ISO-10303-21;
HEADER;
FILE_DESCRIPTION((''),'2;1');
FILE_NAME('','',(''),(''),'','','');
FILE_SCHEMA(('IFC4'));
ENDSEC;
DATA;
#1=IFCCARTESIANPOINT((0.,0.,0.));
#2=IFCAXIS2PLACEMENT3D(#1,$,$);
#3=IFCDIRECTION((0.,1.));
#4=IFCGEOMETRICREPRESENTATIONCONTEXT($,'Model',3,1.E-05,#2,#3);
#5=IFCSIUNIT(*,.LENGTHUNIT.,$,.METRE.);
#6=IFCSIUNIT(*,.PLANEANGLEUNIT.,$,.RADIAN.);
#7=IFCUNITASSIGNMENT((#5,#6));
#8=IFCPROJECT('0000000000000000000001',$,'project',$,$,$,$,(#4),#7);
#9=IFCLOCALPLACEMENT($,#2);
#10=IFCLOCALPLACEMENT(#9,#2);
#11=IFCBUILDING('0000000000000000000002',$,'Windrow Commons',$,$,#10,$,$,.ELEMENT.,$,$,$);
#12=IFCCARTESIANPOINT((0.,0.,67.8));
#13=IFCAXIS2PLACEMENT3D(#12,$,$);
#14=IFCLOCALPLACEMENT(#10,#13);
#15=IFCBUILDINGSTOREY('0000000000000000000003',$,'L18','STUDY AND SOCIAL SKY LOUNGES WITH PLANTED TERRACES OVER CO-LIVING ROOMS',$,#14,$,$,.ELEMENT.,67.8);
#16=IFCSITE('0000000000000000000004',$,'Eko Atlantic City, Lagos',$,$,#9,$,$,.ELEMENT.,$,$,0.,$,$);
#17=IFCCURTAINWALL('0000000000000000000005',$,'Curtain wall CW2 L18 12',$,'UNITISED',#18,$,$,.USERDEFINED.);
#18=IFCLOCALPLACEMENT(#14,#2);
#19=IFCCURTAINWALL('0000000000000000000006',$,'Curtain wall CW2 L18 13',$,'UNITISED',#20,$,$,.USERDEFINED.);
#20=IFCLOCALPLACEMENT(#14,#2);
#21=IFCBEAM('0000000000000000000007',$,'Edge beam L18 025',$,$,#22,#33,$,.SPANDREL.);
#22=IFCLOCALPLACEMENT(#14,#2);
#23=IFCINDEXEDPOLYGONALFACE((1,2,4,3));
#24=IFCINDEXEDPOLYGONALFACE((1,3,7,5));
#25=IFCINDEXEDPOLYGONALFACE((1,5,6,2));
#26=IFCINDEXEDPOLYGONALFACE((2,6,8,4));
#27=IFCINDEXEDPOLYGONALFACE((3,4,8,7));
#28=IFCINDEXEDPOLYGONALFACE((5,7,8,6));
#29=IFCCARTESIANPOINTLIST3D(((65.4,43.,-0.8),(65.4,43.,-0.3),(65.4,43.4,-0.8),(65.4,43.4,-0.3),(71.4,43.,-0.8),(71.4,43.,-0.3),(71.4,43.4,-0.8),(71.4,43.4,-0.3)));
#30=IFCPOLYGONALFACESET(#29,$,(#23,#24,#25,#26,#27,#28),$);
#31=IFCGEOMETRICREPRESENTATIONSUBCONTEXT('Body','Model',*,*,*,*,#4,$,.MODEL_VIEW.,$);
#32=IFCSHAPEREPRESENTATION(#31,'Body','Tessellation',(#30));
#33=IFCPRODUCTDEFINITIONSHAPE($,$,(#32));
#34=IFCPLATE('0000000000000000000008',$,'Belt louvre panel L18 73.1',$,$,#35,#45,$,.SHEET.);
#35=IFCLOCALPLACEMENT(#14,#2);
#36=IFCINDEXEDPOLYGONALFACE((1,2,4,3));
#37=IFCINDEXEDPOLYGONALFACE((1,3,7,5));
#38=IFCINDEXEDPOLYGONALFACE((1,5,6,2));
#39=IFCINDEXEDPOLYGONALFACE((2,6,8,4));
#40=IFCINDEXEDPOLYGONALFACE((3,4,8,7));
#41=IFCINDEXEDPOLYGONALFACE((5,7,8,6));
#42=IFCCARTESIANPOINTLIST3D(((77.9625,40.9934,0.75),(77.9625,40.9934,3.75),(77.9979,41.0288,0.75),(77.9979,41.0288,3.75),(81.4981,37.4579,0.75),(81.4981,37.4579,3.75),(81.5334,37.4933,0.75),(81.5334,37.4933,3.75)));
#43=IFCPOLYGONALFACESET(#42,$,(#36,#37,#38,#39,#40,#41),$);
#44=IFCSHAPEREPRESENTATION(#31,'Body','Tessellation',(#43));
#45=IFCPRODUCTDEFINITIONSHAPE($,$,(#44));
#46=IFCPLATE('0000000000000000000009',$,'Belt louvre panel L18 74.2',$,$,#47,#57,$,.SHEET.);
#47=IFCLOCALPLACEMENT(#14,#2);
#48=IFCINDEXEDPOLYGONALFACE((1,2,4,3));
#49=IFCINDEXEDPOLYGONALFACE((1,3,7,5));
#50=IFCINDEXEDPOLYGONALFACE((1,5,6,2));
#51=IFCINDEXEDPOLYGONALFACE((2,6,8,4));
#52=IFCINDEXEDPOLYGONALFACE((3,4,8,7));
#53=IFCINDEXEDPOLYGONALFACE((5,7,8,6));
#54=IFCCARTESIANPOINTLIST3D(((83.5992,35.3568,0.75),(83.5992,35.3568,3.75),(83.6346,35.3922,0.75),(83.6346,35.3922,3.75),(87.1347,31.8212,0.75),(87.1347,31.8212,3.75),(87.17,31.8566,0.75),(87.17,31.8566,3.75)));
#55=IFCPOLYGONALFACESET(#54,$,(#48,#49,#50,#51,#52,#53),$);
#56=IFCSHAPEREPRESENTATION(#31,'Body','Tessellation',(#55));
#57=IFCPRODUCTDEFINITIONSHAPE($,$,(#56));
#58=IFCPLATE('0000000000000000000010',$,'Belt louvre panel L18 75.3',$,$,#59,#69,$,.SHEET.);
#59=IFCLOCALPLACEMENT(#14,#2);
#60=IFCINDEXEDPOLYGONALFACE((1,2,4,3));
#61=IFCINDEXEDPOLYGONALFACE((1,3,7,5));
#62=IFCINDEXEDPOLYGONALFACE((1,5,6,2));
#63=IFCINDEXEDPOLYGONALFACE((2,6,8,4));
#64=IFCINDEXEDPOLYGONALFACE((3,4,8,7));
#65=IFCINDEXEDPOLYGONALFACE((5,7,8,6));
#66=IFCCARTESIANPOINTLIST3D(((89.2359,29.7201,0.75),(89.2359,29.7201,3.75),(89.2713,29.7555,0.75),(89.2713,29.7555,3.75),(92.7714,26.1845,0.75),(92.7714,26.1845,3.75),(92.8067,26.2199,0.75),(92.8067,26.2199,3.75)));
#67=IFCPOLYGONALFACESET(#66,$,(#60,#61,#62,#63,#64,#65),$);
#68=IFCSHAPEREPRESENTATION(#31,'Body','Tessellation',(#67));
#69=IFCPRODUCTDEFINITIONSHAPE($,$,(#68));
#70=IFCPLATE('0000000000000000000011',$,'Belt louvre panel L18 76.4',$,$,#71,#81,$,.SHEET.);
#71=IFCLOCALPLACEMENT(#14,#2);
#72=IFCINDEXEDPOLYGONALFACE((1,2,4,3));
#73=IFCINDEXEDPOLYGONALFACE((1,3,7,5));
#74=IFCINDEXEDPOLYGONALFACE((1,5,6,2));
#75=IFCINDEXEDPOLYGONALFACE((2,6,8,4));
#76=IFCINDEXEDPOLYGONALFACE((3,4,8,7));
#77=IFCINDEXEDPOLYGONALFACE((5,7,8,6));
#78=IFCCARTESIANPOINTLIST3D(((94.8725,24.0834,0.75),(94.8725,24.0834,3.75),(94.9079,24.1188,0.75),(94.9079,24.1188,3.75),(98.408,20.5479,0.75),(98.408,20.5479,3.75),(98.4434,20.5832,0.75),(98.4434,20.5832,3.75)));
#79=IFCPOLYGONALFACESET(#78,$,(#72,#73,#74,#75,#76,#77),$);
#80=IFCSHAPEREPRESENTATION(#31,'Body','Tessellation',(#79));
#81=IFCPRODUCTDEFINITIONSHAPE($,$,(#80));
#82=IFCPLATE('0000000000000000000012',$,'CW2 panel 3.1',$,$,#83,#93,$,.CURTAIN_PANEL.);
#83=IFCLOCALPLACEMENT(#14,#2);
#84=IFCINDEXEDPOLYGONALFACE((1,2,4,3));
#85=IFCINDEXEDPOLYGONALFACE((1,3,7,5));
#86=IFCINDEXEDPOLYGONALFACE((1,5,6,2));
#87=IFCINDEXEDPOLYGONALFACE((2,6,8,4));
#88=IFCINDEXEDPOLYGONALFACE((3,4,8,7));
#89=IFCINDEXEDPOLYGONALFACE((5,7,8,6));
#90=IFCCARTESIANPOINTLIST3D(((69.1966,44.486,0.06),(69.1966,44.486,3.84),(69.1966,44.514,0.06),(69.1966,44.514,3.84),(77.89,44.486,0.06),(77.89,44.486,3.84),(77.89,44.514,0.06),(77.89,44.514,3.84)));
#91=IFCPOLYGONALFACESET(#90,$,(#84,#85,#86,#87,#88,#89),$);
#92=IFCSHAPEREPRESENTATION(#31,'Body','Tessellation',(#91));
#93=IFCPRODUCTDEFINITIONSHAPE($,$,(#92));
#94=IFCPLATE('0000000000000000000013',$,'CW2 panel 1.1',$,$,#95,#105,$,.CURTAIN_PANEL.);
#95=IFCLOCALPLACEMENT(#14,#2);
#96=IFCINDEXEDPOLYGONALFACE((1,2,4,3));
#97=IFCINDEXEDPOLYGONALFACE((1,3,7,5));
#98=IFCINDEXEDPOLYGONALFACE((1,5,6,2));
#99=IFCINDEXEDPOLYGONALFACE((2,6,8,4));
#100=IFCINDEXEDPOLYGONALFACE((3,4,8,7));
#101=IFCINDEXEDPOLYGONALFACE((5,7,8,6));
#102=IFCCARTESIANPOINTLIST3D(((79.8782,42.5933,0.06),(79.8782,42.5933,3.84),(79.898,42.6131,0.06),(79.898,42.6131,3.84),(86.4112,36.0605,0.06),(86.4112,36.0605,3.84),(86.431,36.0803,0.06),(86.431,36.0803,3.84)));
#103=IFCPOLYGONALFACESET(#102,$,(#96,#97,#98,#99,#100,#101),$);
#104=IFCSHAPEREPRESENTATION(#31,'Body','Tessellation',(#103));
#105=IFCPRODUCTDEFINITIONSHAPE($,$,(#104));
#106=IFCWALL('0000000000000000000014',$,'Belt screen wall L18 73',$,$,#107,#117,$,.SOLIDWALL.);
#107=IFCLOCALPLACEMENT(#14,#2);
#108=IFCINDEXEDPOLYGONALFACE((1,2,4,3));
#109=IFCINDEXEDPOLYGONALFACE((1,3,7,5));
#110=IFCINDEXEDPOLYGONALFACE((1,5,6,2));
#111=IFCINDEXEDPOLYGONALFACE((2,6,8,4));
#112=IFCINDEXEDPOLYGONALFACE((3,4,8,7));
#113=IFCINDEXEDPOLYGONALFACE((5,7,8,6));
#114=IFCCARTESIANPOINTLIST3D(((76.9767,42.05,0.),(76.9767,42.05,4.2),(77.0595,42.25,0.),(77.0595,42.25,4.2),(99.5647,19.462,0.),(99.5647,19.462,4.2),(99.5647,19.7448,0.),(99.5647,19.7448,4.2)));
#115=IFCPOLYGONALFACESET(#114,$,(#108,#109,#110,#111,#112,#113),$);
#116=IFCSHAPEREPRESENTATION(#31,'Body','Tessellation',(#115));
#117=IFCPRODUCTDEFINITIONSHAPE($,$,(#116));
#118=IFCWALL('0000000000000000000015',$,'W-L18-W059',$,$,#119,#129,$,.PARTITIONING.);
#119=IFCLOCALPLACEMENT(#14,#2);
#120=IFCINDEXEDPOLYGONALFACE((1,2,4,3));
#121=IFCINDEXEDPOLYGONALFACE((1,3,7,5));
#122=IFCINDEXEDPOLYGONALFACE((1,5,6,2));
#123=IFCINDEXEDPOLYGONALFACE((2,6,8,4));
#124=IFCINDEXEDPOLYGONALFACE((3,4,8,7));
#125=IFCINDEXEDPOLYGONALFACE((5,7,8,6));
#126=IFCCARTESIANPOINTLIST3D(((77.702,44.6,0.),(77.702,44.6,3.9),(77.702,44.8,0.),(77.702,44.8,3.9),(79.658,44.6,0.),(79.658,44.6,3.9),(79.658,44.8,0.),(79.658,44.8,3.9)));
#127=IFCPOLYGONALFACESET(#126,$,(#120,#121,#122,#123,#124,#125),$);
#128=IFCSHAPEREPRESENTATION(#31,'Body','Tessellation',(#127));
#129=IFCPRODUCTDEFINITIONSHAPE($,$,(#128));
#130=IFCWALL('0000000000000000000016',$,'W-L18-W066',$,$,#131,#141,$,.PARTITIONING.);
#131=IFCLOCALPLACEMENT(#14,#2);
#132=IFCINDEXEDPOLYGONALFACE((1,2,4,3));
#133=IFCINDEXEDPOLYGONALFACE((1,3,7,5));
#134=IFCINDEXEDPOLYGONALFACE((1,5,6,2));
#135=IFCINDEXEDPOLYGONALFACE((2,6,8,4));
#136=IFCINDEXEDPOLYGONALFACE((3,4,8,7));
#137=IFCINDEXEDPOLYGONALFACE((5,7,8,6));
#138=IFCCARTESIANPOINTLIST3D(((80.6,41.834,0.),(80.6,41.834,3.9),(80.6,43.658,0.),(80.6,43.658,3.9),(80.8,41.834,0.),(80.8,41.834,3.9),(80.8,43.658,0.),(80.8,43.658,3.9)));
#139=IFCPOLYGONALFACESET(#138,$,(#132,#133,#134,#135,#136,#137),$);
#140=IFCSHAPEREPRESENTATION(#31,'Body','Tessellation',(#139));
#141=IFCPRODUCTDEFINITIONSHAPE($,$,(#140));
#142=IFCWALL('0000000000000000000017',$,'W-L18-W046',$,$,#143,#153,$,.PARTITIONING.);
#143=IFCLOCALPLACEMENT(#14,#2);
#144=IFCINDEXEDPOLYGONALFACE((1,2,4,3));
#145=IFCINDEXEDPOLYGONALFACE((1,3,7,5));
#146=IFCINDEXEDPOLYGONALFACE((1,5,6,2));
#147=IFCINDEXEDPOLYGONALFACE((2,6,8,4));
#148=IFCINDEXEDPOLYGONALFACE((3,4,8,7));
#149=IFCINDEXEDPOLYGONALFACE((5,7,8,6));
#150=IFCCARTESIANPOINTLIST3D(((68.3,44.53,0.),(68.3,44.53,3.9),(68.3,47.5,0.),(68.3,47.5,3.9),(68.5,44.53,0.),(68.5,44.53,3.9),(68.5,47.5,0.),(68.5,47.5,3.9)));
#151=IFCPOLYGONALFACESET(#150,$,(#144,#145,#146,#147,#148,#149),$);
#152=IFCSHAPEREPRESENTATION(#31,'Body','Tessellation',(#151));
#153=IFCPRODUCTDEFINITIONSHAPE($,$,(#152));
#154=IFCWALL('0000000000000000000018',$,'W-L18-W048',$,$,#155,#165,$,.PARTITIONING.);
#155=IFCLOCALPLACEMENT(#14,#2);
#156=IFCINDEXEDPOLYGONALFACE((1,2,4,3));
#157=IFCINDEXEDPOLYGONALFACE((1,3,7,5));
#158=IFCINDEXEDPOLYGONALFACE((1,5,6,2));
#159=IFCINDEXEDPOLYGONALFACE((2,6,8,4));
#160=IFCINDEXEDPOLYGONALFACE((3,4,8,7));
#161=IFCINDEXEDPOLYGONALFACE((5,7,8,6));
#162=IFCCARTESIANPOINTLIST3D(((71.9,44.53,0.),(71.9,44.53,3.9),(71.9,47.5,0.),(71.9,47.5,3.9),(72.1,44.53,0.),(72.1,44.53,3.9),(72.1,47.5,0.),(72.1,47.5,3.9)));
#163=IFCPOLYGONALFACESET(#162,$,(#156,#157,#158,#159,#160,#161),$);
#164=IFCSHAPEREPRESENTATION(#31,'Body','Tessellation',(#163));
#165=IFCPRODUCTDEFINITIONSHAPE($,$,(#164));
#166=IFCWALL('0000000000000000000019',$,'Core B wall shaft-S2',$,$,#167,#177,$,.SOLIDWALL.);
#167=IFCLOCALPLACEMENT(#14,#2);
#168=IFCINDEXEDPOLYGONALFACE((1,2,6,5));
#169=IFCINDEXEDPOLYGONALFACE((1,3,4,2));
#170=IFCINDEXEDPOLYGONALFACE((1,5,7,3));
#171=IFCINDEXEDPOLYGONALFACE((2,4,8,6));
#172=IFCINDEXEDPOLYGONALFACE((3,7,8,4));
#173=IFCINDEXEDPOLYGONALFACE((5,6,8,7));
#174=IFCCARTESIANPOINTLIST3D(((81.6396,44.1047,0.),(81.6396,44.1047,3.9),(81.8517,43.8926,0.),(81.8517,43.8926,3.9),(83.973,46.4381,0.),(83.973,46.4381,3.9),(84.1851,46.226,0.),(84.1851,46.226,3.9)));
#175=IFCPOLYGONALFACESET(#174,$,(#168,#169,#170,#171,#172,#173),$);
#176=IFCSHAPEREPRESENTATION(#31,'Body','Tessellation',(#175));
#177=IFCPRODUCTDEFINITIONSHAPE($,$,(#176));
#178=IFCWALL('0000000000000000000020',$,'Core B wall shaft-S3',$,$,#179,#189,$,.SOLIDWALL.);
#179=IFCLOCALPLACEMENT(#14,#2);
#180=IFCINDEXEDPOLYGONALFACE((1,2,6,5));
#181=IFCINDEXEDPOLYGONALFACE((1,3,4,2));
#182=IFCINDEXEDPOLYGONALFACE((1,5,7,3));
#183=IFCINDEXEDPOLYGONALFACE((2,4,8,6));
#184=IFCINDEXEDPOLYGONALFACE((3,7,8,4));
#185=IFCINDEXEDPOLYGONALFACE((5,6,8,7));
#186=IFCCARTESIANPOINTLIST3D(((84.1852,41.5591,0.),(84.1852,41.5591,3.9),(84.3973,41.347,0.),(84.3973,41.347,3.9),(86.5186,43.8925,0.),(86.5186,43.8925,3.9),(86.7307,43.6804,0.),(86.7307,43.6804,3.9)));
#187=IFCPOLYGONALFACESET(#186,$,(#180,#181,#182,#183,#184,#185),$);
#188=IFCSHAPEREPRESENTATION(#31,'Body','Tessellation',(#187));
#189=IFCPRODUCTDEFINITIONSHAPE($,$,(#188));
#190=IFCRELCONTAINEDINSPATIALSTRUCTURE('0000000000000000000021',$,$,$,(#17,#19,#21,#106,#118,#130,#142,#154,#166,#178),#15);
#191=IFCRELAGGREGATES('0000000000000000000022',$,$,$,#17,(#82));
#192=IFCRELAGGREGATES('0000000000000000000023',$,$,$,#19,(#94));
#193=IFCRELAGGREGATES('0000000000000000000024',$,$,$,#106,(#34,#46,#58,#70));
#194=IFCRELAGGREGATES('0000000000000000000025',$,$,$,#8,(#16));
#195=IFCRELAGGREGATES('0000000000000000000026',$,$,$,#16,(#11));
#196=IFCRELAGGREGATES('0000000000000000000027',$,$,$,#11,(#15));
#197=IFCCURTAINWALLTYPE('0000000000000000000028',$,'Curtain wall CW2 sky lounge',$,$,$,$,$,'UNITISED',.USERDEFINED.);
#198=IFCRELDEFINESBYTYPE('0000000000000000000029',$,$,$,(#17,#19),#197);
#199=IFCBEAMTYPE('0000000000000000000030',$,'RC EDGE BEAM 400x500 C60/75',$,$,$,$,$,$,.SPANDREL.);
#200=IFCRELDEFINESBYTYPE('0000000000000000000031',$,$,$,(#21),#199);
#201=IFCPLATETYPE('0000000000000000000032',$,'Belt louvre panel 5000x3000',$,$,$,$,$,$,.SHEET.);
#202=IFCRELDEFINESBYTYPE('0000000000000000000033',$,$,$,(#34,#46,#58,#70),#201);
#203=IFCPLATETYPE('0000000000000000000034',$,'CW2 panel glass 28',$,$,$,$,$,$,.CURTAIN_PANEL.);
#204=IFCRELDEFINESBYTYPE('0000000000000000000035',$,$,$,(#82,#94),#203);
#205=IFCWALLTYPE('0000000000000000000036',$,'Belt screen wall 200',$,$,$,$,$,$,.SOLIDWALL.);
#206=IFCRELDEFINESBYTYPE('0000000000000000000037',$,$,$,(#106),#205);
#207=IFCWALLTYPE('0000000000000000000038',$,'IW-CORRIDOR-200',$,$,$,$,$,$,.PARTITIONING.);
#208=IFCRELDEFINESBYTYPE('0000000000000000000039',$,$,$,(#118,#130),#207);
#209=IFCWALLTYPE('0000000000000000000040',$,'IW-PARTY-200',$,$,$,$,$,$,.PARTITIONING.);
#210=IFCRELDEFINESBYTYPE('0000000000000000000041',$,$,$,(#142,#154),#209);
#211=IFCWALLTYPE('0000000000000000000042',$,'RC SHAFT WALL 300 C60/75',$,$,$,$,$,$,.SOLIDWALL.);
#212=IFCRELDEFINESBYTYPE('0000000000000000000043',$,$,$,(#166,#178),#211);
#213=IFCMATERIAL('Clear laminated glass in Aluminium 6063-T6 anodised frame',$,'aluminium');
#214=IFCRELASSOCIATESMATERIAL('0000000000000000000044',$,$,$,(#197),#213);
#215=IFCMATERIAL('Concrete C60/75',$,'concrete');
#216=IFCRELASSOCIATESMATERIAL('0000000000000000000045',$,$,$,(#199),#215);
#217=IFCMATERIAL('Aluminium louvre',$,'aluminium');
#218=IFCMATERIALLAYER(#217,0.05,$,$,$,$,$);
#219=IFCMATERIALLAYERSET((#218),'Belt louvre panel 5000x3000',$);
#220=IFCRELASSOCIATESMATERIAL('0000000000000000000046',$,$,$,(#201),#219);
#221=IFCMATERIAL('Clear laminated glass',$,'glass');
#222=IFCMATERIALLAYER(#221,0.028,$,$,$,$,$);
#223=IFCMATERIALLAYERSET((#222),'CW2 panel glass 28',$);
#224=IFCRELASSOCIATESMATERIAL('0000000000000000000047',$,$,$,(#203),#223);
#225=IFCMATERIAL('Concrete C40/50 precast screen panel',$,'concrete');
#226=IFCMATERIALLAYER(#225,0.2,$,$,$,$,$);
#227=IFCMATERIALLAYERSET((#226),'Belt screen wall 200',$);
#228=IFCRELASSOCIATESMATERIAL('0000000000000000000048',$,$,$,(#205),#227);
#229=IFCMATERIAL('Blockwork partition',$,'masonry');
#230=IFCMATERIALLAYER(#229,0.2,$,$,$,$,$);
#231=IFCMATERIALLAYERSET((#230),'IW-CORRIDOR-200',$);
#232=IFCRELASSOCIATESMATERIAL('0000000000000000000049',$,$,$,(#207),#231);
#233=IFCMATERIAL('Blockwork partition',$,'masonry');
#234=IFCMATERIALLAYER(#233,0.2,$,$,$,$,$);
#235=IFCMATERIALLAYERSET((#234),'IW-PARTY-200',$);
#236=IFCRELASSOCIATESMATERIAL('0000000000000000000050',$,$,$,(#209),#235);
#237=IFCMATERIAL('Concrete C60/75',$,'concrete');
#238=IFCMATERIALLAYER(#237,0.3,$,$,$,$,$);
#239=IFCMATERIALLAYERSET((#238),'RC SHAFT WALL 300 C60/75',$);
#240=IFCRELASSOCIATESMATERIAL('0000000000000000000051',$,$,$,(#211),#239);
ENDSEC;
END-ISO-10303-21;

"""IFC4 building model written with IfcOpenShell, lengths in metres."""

from ifc_helpers import new_model, si_unit, direction, frame, frame_2d, origin, origin_2d, place, context, subcontext, project, spatial, polyline, rectangle, outline, extrude, material, layer, layer_set, material_profile, profile_set, type_object, element, aggregate, save


model = new_model("IFC4")

# Units and contexts
model_context = context("Model", 3, precision=1e-05, world=origin(), true_north=direction((0.0, 1.0)))
body_context = subcontext(model_context, "Body", "Model", "MODEL_VIEW")
ifc_project = project(units=[si_unit("LENGTHUNIT", "METRE"), si_unit("PLANEANGLEUNIT", "RADIAN")], contexts=[model_context])

# Site, building, storey
site_placement = place(None, origin())
site = spatial("IfcSite", under=ifc_project, at=site_placement, Name="Eko Atlantic City, Lagos", CompositionType="ELEMENT", RefElevation=0.0)
building_placement = place(site_placement, origin())
building = spatial("IfcBuilding", under=site, at=building_placement, Name="Windrow Commons", CompositionType="ELEMENT")
storey_placement = place(building_placement, frame((0.0, 0.0, 67.8)))
storey = spatial("IfcBuildingStorey", under=building, at=storey_placement, Name="L18", Description="STUDY AND SOCIAL SKY LOUNGES WITH PLANTED TERRACES OVER CO-LIVING ROOMS", CompositionType="ELEMENT", Elevation=67.8)

# Curtain walls
ifc_material_1 = material(Name="Clear laminated glass in Aluminium 6063-T6 anodised frame", Category="aluminium")
curtain_wall_type = type_object("IfcCurtainWallType", Name="Curtain wall CW2 sky lounge", ElementType="UNITISED", PredefinedType="USERDEFINED", material=ifc_material_1)
placement = place(storey_placement, origin())
curtain_wall_1 = element("IfcCurtainWall", 1, at=placement, inside=storey, type_object=curtain_wall_type, Name="Curtain wall CW2 L18 12", ObjectType="UNITISED", PredefinedType="USERDEFINED")
curtain_wall_2 = element("IfcCurtainWall", 2, at=placement, inside=storey, type_object=curtain_wall_type, Name="Curtain wall CW2 L18 13", ObjectType="UNITISED", PredefinedType="USERDEFINED")

# Beam
ifc_material_2 = material(Name="Concrete C60/75", Category="concrete")
ifc_material_profile_1 = material_profile(ifc_material_2, rectangle(XDim=0.4, YDim=0.5, at=origin_2d()))
ifc_profile_set_1 = profile_set([ifc_material_profile_1], Name="Concrete C60/75")
beam_type_1 = type_object("IfcBeamType", Name="RC EDGE BEAM 400x500 C60/75", PredefinedType="SPANDREL", material=ifc_profile_set_1)
beam_1_placement = place(storey_placement, frame((71.4, 43.2, -0.55), z_axis=(-1.0, 0.0, 0.0), x_axis=(0.0, -1.0, 0.0)))
element("IfcBeam", 3, at=beam_1_placement, inside=storey, type_object=beam_type_1, Name="Edge beam L18 025", PredefinedType="SPANDREL", context=body_context, shape_type="SweptSolid", body=[
    extrude(rectangle(XDim=0.4, YDim=0.5, at=origin_2d()), origin(), (0.0, 0.0, 1.0), 6.0),
])

# Plates
ifc_material_3 = material(Name="Aluminium louvre", Category="aluminium")
ifc_layer_1 = layer(ifc_material_3, 0.05)
ifc_layer_set_1 = layer_set([ifc_layer_1], Name="Belt louvre panel 5000x3000")
plate_type_1 = type_object("IfcPlateType", Name="Belt louvre panel 5000x3000", PredefinedType="SHEET", material=ifc_layer_set_1)
plate_1_placement = place(storey_placement, frame((77.9625, 40.9934, 0.75), z_axis=(-0.707097, -0.707117, 0.0), x_axis=(0.707117, -0.707097, 0.0)))
plate_1 = element("IfcPlate", 4, at=plate_1_placement, type_object=plate_type_1, Name="Belt louvre panel L18 73.1", PredefinedType="SHEET", context=body_context, shape_type="SweptSolid", body=[
    extrude(outline(polyline([(0.0, 0.0), (5.0, 0.0), (5.0, 3.0), (0.0, 3.0), (0.0, 0.0)])), origin(), (0.0, 0.0, -1.0), 0.05),
])
plate_2_placement = place(storey_placement, frame((83.5992, 35.3568, 0.75), z_axis=(-0.707117, -0.707097, 0.0), x_axis=(0.707097, -0.707117, 0.0)))
plate_2 = element("IfcPlate", 5, at=plate_2_placement, type_object=plate_type_1, Name="Belt louvre panel L18 74.2", PredefinedType="SHEET", context=body_context, shape_type="SweptSolid", body=[
    extrude(outline(polyline([(0.0, 0.0), (5.0, 0.0), (5.0, 3.0), (0.0, 3.0), (0.0, 0.0)])), origin(), (0.0, 0.0, -1.0), 0.05),
])
plate_3_placement = place(storey_placement, frame((89.2359, 29.7201, 0.75), z_axis=(-0.707117, -0.707097, 0.0), x_axis=(0.707097, -0.707117, 0.0)))
plate_3 = element("IfcPlate", 6, at=plate_3_placement, type_object=plate_type_1, Name="Belt louvre panel L18 75.3", PredefinedType="SHEET", context=body_context, shape_type="SweptSolid", body=[
    extrude(outline(polyline([(0.0, 0.0), (5.0, 0.0), (5.0, 3.0), (0.0, 3.0), (0.0, 0.0)])), origin(), (0.0, 0.0, -1.0), 0.05),
])
plate_4_placement = place(storey_placement, frame((94.8725, 24.0834, 0.75), z_axis=(-0.707107, -0.707107, 0.0), x_axis=(0.707107, -0.707107, 0.0)))
plate_4 = element("IfcPlate", 7, at=plate_4_placement, type_object=plate_type_1, Name="Belt louvre panel L18 76.4", PredefinedType="SHEET", context=body_context, shape_type="SweptSolid", body=[
    extrude(outline(polyline([(0.0, 0.0), (5.0, 0.0), (5.0, 3.0), (0.0, 3.0), (0.0, 0.0)])), origin(), (0.0, 0.0, -1.0), 0.05),
])
ifc_material_4 = material(Name="Clear laminated glass", Category="glass")
ifc_layer_2 = layer(ifc_material_4, 0.028)
ifc_layer_set_2 = layer_set([ifc_layer_2], Name="CW2 panel glass 28")
plate_type_2 = type_object("IfcPlateType", Name="CW2 panel glass 28", PredefinedType="CURTAIN_PANEL", material=ifc_layer_set_2)
plate_5_placement = place(storey_placement, frame((73.5433, 44.5, 0.06), z_axis=(0.0, 0.0, 1.0), x_axis=(1.0, 0.0, 0.0)))
plate_5 = element("IfcPlate", 8, at=plate_5_placement, type_object=plate_type_2, Name="CW2 panel 3.1", PredefinedType="CURTAIN_PANEL", context=body_context, shape_type="SweptSolid", body=[
    extrude(rectangle(XDim=8.6933, YDim=0.028, at=origin_2d()), origin(), (0.0, 0.0, 1.0), 3.78),
])
aggregate(curtain_wall_1, [plate_5])
plate_6_placement = place(storey_placement, frame((83.1546, 39.3368, 0.06), z_axis=(0.0, 0.0, 1.0), x_axis=(0.707108, -0.707105, 0.0)))
plate_6 = element("IfcPlate", 9, at=plate_6_placement, type_object=plate_type_2, Name="CW2 panel 1.1", PredefinedType="CURTAIN_PANEL", context=body_context, shape_type="SweptSolid", body=[
    extrude(rectangle(XDim=9.2389, YDim=0.028, at=origin_2d()), origin(), (0.0, 0.0, 1.0), 3.78),
])
aggregate(curtain_wall_2, [plate_6])

# Wall
ifc_material_5 = material(Name="Concrete C40/50 precast screen panel", Category="concrete")
ifc_layer_3 = layer(ifc_material_5, 0.2)
ifc_layer_set_3 = layer_set([ifc_layer_3], Name="Belt screen wall 200")
wall_type_1 = type_object("IfcWallType", Name="Belt screen wall 200", PredefinedType="SOLIDWALL", material=ifc_layer_set_3)
wall_1_placement = place(storey_placement, frame((77.0181, 42.15, 0.0), z_axis=(0.0, 0.0, 1.0), x_axis=(0.707107, -0.707107, 0.0)))
wall_1 = element("IfcWall", 10, at=wall_1_placement, inside=storey, type_object=wall_type_1, Name="Belt screen wall L18 73", PredefinedType="SOLIDWALL", context=body_context, shape_type="SweptSolid", body=[
    extrude(outline(polyline([(0.0414, -0.1), (31.9857, -0.1), (31.7857, 0.1), (-0.0414, 0.1), (0.0414, -0.1)])), origin(), (0.0, 0.0, 1.0), 4.2),
])
aggregate(wall_1, [plate_1, plate_2, plate_3, plate_4])

# Walls
ifc_material_6 = material(Name="Blockwork partition", Category="masonry")
ifc_layer_4 = layer(ifc_material_6, 0.2)
ifc_layer_set_4 = layer_set([ifc_layer_4], Name="IW-CORRIDOR-200")
wall_type_2 = type_object("IfcWallType", Name="IW-CORRIDOR-200", PredefinedType="PARTITIONING", material=ifc_layer_set_4)
wall_2_placement = place(storey_placement, frame((77.702, 44.7, 0.0), z_axis=(0.0, 0.0, 1.0), x_axis=(1.0, 0.0, 0.0)))
element("IfcWall", 11, at=wall_2_placement, inside=storey, type_object=wall_type_2, Name="W-L18-W059", PredefinedType="PARTITIONING", context=body_context, shape_type="SweptSolid", body=[
    extrude(rectangle(XDim=1.956, YDim=0.2, at=frame_2d((0.978, 0.0))), origin(), (0.0, 0.0, 1.0), 3.9),
])
wall_3_placement = place(storey_placement, frame((80.7, 41.834, 0.0), z_axis=(0.0, 0.0, 1.0), x_axis=(0.0, 1.0, 0.0)))
element("IfcWall", 12, at=wall_3_placement, inside=storey, type_object=wall_type_2, Name="W-L18-W066", PredefinedType="PARTITIONING", context=body_context, shape_type="SweptSolid", body=[
    extrude(rectangle(XDim=1.824, YDim=0.2, at=frame_2d((0.912, 0.0))), origin(), (0.0, 0.0, 1.0), 3.9),
])
ifc_material_7 = material(Name="Blockwork partition", Category="masonry")
ifc_layer_5 = layer(ifc_material_7, 0.2)
ifc_layer_set_5 = layer_set([ifc_layer_5], Name="IW-PARTY-200")
wall_type_3 = type_object("IfcWallType", Name="IW-PARTY-200", PredefinedType="PARTITIONING", material=ifc_layer_set_5)
for number, where, z_axis, x_axis, name in (
    (13, (68.4, 44.53, 0.0), (0.0, 0.0, 1.0), (0.0, 1.0, 0.0), "W-L18-W046"),
    (14, (72.0, 44.53, 0.0), (0.0, 0.0, 1.0), (0.0, 1.0, 0.0), "W-L18-W048"),
):
    element("IfcWall", number, at=place(storey_placement, frame(where, z_axis=z_axis, x_axis=x_axis)), inside=storey, type_object=wall_type_3, Name=name, PredefinedType="PARTITIONING", context=body_context, shape_type="SweptSolid", body=[
        extrude(rectangle(XDim=2.97, YDim=0.2, at=frame_2d((1.485, 0.0))), origin(), (0.0, 0.0, 1.0), 3.9),
    ])
ifc_material_8 = material(Name="Concrete C60/75", Category="concrete")
ifc_layer_6 = layer(ifc_material_8, 0.3)
ifc_layer_set_6 = layer_set([ifc_layer_6], Name="RC SHAFT WALL 300 C60/75")
wall_type_4 = type_object("IfcWallType", Name="RC SHAFT WALL 300 C60/75", PredefinedType="SOLIDWALL", material=ifc_layer_set_6)
for number, where, z_axis, x_axis, name in (
    (15, (81.7456, 43.9986, 0.0), (0.0, 0.0, 1.0), (0.707107, 0.707107, 0.0), "Core B wall shaft-S2"),
    (16, (84.2912, 41.453, 0.0), (0.0, 0.0, 1.0), (0.707107, 0.707107, 0.0), "Core B wall shaft-S3"),
):
    element("IfcWall", number, at=place(storey_placement, frame(where, z_axis=z_axis, x_axis=x_axis)), inside=storey, type_object=wall_type_4, Name=name, PredefinedType="SOLIDWALL", context=body_context, shape_type="SweptSolid", body=[
        extrude(rectangle(XDim=3.2999, YDim=0.3, at=frame_2d((1.65, 0.0))), origin(), (0.0, 0.0, 1.0), 3.9),
    ])

save(model, "model.ifc")
